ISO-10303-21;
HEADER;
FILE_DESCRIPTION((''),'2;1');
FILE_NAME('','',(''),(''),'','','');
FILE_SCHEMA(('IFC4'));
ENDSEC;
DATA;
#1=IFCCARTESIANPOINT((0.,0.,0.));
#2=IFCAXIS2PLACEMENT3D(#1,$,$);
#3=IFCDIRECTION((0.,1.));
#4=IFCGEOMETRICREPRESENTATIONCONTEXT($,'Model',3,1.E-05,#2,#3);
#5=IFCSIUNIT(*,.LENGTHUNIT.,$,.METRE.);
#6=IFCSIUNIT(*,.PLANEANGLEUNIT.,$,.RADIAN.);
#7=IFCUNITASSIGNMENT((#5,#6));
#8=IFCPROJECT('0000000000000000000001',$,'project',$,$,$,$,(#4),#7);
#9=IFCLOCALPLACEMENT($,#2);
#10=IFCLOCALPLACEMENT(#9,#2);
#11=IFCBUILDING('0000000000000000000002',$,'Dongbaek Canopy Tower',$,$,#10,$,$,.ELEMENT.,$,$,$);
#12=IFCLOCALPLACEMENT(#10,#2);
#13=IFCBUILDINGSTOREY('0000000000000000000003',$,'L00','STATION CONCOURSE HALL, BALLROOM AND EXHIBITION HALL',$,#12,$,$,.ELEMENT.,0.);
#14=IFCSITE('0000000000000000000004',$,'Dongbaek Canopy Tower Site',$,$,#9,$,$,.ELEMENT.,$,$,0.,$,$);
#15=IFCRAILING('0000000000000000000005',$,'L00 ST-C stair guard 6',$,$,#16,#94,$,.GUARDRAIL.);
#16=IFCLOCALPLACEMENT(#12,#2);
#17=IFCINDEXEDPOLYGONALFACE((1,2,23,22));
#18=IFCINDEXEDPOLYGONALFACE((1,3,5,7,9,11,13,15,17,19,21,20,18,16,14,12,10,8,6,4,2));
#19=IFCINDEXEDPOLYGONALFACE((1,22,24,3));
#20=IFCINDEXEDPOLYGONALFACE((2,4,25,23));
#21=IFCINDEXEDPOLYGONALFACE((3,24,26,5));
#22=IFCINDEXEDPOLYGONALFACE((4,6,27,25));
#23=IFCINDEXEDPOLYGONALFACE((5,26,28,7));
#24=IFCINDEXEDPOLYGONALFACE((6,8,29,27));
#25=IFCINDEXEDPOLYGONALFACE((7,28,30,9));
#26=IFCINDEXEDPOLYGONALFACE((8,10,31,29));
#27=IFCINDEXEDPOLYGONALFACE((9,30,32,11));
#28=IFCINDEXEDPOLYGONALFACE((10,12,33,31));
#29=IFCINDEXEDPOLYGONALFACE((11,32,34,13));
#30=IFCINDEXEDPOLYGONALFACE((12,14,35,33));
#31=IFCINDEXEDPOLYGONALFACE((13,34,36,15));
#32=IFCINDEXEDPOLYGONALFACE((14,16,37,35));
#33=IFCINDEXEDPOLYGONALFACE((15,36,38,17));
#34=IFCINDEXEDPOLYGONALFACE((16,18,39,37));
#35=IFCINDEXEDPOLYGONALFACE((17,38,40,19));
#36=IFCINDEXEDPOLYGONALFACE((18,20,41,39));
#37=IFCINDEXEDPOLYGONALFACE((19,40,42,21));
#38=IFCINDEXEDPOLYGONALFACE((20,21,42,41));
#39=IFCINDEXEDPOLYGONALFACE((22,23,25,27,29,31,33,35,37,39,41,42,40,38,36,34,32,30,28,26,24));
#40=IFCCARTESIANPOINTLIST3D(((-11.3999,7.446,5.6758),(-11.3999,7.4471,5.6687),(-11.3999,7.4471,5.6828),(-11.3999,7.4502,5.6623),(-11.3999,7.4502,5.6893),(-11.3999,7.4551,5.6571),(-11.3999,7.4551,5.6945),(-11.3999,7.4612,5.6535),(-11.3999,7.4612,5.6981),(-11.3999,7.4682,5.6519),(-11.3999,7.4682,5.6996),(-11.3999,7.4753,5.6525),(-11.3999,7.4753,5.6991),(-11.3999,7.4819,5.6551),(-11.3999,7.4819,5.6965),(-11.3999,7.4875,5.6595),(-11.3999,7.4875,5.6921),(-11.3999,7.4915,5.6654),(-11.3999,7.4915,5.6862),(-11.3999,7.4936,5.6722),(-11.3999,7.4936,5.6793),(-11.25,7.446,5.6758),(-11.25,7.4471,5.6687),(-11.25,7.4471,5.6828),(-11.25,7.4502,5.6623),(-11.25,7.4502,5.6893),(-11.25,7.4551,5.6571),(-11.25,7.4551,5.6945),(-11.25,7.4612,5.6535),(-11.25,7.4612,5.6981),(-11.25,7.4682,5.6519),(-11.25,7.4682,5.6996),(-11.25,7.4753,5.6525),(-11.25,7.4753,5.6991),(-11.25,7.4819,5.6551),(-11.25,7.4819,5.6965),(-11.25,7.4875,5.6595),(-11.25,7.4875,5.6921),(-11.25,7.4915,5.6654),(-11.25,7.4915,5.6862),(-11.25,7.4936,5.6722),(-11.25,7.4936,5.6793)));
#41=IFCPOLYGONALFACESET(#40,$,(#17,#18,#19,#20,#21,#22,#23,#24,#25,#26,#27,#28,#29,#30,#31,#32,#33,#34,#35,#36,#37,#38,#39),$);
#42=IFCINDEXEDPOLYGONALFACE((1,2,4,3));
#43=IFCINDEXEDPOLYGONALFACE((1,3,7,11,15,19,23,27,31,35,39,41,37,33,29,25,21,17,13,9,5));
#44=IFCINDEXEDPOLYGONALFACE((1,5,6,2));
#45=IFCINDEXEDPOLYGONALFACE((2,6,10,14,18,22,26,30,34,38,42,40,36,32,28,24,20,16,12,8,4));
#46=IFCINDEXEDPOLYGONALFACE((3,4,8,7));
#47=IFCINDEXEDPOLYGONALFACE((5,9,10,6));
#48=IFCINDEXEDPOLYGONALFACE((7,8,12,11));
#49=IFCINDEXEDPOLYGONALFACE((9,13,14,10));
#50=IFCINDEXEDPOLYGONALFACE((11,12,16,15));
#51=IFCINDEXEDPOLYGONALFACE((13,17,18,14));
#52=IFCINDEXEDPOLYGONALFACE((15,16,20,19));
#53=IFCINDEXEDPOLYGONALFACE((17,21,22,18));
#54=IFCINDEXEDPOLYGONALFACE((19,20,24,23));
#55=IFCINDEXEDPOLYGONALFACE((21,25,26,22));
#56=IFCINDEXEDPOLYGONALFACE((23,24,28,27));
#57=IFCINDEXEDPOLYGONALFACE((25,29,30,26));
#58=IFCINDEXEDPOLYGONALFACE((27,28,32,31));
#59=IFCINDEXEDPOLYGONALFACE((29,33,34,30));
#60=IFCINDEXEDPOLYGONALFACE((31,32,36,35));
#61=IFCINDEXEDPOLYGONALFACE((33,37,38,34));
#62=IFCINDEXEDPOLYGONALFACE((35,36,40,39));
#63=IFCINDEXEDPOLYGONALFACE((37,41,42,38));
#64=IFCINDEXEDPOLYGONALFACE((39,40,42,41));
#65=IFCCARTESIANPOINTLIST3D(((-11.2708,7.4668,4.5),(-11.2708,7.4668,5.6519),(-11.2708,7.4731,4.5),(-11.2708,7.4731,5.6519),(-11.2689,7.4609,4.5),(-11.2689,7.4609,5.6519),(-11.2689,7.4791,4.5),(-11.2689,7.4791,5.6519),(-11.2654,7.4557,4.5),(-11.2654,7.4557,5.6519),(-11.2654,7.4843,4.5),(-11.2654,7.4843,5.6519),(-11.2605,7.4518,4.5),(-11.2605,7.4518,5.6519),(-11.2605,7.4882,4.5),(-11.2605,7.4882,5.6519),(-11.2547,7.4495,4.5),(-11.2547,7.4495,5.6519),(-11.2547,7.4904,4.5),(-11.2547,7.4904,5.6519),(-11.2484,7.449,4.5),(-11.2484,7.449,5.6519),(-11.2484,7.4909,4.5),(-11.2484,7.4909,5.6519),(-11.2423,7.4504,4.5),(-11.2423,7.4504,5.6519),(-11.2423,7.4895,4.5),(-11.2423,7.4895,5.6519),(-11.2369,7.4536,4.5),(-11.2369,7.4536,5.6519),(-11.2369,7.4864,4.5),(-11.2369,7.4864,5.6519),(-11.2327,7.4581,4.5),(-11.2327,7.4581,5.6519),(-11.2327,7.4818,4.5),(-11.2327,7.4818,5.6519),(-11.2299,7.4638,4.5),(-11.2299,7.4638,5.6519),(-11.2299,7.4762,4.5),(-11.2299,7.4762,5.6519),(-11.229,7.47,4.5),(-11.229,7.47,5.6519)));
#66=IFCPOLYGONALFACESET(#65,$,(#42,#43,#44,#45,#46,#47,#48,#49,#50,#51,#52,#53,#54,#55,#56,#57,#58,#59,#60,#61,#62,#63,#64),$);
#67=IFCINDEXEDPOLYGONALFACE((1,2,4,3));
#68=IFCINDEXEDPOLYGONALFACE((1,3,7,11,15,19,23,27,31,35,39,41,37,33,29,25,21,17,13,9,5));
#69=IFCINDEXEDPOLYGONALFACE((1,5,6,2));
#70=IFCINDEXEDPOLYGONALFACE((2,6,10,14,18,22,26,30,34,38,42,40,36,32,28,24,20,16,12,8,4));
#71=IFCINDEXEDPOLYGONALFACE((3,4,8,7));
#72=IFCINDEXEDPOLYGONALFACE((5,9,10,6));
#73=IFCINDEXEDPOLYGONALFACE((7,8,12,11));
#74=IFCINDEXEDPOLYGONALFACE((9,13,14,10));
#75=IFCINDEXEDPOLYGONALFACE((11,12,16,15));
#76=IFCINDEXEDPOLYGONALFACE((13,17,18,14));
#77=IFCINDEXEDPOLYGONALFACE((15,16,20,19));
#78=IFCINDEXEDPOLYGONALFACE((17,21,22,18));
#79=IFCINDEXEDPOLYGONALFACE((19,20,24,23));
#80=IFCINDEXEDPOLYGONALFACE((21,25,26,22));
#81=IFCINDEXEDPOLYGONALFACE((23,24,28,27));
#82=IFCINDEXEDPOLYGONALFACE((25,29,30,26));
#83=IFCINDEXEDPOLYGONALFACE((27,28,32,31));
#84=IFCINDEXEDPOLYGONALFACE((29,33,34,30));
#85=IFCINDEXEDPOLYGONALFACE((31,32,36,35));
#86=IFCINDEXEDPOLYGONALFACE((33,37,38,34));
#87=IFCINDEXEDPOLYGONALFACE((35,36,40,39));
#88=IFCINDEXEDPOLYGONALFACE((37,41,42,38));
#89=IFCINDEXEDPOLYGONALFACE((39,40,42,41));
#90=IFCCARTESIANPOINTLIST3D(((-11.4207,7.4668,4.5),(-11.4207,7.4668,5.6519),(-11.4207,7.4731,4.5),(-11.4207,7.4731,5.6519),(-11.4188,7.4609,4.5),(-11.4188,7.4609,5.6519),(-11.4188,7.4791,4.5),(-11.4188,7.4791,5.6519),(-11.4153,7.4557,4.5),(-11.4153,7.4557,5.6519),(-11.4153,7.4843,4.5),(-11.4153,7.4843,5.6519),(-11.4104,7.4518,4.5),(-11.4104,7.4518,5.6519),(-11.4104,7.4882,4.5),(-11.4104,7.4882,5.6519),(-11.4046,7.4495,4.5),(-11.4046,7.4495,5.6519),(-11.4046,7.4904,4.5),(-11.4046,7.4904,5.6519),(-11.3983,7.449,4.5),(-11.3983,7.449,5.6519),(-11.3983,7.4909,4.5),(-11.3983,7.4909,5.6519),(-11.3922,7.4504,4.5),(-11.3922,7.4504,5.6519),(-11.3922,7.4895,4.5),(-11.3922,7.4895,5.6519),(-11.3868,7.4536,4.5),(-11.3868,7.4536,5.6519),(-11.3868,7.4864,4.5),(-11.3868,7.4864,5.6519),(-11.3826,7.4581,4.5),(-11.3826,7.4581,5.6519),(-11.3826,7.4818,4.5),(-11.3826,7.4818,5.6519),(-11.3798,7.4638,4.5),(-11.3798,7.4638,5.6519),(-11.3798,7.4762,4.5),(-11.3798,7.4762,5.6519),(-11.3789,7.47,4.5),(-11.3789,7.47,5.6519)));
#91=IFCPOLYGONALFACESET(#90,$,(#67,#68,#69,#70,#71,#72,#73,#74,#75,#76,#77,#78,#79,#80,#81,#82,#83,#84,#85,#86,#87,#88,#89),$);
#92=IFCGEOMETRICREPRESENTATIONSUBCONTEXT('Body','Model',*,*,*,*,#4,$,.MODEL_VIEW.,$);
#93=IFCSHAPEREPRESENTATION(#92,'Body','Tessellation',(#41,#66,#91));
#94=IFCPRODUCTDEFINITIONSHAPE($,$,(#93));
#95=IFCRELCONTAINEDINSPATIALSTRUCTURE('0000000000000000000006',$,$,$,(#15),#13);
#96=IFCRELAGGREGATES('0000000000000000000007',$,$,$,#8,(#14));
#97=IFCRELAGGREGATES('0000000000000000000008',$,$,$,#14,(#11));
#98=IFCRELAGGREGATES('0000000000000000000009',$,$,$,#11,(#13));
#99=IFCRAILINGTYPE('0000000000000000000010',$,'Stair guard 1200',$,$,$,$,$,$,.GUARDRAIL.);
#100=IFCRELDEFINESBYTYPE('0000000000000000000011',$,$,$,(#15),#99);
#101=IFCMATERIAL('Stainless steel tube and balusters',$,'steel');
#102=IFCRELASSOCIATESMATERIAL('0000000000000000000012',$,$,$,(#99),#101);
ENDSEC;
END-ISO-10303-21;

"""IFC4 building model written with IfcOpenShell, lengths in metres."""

from ifc_helpers import new_model, si_unit, direction, frame, origin, origin_2d, place, context, subcontext, project, spatial, circle, extrude, material, type_object, element, save


model = new_model("IFC4")

# Units and contexts
model_context = context("Model", 3, precision=1e-05, world=origin(), true_north=direction((0.0, 1.0)))
body_context = subcontext(model_context, "Body", "Model", "MODEL_VIEW")
ifc_project = project(units=[si_unit("LENGTHUNIT", "METRE"), si_unit("PLANEANGLEUNIT", "RADIAN")], contexts=[model_context])

# Site, building, storey
site_placement = place(None, origin())
site = spatial("IfcSite", under=ifc_project, at=site_placement, Name="Dongbaek Canopy Tower Site", CompositionType="ELEMENT", RefElevation=0.0)
building_placement = place(site_placement, origin())
building = spatial("IfcBuilding", under=site, at=building_placement, Name="Dongbaek Canopy Tower", CompositionType="ELEMENT")
storey_placement = place(building_placement, origin())
storey = spatial("IfcBuildingStorey", under=building, at=storey_placement, Name="L00", Description="STATION CONCOURSE HALL, BALLROOM AND EXHIBITION HALL", CompositionType="ELEMENT", Elevation=0.0)

# Railing
ifc_material_1 = material(Name="Stainless steel tube and balusters", Category="steel")
railing_type_1 = type_object("IfcRailingType", Name="Stair guard 1200", PredefinedType="GUARDRAIL", material=ifc_material_1)
railing_1_placement = place(storey_placement, frame((-11.25, 7.47, 4.5)))
element("IfcRailing", 1, at=railing_1_placement, inside=storey, type_object=railing_type_1, Name="L00 ST-C stair guard 6", PredefinedType="GUARDRAIL", context=body_context, shape_type="SweptSolid", body=[
    extrude(circle(Radius=0.0239, at=origin_2d()), frame((0.0, 0.0, 1.1758), z_axis=(-1.0, 0.0, 0.0), x_axis=(0.0, -1.0, 0.0)), (0.0, 0.0, 1.0), 0.1499),
    extrude(circle(Radius=0.021, at=origin_2d()), origin(), (0.0, 0.0, 1.0), 1.1519),
    extrude(circle(Radius=0.021, at=origin_2d()), frame((-0.1499, 0.0, 0.0)), (0.0, 0.0, 1.0), 1.1519),
])

save(model, "model.ifc")
